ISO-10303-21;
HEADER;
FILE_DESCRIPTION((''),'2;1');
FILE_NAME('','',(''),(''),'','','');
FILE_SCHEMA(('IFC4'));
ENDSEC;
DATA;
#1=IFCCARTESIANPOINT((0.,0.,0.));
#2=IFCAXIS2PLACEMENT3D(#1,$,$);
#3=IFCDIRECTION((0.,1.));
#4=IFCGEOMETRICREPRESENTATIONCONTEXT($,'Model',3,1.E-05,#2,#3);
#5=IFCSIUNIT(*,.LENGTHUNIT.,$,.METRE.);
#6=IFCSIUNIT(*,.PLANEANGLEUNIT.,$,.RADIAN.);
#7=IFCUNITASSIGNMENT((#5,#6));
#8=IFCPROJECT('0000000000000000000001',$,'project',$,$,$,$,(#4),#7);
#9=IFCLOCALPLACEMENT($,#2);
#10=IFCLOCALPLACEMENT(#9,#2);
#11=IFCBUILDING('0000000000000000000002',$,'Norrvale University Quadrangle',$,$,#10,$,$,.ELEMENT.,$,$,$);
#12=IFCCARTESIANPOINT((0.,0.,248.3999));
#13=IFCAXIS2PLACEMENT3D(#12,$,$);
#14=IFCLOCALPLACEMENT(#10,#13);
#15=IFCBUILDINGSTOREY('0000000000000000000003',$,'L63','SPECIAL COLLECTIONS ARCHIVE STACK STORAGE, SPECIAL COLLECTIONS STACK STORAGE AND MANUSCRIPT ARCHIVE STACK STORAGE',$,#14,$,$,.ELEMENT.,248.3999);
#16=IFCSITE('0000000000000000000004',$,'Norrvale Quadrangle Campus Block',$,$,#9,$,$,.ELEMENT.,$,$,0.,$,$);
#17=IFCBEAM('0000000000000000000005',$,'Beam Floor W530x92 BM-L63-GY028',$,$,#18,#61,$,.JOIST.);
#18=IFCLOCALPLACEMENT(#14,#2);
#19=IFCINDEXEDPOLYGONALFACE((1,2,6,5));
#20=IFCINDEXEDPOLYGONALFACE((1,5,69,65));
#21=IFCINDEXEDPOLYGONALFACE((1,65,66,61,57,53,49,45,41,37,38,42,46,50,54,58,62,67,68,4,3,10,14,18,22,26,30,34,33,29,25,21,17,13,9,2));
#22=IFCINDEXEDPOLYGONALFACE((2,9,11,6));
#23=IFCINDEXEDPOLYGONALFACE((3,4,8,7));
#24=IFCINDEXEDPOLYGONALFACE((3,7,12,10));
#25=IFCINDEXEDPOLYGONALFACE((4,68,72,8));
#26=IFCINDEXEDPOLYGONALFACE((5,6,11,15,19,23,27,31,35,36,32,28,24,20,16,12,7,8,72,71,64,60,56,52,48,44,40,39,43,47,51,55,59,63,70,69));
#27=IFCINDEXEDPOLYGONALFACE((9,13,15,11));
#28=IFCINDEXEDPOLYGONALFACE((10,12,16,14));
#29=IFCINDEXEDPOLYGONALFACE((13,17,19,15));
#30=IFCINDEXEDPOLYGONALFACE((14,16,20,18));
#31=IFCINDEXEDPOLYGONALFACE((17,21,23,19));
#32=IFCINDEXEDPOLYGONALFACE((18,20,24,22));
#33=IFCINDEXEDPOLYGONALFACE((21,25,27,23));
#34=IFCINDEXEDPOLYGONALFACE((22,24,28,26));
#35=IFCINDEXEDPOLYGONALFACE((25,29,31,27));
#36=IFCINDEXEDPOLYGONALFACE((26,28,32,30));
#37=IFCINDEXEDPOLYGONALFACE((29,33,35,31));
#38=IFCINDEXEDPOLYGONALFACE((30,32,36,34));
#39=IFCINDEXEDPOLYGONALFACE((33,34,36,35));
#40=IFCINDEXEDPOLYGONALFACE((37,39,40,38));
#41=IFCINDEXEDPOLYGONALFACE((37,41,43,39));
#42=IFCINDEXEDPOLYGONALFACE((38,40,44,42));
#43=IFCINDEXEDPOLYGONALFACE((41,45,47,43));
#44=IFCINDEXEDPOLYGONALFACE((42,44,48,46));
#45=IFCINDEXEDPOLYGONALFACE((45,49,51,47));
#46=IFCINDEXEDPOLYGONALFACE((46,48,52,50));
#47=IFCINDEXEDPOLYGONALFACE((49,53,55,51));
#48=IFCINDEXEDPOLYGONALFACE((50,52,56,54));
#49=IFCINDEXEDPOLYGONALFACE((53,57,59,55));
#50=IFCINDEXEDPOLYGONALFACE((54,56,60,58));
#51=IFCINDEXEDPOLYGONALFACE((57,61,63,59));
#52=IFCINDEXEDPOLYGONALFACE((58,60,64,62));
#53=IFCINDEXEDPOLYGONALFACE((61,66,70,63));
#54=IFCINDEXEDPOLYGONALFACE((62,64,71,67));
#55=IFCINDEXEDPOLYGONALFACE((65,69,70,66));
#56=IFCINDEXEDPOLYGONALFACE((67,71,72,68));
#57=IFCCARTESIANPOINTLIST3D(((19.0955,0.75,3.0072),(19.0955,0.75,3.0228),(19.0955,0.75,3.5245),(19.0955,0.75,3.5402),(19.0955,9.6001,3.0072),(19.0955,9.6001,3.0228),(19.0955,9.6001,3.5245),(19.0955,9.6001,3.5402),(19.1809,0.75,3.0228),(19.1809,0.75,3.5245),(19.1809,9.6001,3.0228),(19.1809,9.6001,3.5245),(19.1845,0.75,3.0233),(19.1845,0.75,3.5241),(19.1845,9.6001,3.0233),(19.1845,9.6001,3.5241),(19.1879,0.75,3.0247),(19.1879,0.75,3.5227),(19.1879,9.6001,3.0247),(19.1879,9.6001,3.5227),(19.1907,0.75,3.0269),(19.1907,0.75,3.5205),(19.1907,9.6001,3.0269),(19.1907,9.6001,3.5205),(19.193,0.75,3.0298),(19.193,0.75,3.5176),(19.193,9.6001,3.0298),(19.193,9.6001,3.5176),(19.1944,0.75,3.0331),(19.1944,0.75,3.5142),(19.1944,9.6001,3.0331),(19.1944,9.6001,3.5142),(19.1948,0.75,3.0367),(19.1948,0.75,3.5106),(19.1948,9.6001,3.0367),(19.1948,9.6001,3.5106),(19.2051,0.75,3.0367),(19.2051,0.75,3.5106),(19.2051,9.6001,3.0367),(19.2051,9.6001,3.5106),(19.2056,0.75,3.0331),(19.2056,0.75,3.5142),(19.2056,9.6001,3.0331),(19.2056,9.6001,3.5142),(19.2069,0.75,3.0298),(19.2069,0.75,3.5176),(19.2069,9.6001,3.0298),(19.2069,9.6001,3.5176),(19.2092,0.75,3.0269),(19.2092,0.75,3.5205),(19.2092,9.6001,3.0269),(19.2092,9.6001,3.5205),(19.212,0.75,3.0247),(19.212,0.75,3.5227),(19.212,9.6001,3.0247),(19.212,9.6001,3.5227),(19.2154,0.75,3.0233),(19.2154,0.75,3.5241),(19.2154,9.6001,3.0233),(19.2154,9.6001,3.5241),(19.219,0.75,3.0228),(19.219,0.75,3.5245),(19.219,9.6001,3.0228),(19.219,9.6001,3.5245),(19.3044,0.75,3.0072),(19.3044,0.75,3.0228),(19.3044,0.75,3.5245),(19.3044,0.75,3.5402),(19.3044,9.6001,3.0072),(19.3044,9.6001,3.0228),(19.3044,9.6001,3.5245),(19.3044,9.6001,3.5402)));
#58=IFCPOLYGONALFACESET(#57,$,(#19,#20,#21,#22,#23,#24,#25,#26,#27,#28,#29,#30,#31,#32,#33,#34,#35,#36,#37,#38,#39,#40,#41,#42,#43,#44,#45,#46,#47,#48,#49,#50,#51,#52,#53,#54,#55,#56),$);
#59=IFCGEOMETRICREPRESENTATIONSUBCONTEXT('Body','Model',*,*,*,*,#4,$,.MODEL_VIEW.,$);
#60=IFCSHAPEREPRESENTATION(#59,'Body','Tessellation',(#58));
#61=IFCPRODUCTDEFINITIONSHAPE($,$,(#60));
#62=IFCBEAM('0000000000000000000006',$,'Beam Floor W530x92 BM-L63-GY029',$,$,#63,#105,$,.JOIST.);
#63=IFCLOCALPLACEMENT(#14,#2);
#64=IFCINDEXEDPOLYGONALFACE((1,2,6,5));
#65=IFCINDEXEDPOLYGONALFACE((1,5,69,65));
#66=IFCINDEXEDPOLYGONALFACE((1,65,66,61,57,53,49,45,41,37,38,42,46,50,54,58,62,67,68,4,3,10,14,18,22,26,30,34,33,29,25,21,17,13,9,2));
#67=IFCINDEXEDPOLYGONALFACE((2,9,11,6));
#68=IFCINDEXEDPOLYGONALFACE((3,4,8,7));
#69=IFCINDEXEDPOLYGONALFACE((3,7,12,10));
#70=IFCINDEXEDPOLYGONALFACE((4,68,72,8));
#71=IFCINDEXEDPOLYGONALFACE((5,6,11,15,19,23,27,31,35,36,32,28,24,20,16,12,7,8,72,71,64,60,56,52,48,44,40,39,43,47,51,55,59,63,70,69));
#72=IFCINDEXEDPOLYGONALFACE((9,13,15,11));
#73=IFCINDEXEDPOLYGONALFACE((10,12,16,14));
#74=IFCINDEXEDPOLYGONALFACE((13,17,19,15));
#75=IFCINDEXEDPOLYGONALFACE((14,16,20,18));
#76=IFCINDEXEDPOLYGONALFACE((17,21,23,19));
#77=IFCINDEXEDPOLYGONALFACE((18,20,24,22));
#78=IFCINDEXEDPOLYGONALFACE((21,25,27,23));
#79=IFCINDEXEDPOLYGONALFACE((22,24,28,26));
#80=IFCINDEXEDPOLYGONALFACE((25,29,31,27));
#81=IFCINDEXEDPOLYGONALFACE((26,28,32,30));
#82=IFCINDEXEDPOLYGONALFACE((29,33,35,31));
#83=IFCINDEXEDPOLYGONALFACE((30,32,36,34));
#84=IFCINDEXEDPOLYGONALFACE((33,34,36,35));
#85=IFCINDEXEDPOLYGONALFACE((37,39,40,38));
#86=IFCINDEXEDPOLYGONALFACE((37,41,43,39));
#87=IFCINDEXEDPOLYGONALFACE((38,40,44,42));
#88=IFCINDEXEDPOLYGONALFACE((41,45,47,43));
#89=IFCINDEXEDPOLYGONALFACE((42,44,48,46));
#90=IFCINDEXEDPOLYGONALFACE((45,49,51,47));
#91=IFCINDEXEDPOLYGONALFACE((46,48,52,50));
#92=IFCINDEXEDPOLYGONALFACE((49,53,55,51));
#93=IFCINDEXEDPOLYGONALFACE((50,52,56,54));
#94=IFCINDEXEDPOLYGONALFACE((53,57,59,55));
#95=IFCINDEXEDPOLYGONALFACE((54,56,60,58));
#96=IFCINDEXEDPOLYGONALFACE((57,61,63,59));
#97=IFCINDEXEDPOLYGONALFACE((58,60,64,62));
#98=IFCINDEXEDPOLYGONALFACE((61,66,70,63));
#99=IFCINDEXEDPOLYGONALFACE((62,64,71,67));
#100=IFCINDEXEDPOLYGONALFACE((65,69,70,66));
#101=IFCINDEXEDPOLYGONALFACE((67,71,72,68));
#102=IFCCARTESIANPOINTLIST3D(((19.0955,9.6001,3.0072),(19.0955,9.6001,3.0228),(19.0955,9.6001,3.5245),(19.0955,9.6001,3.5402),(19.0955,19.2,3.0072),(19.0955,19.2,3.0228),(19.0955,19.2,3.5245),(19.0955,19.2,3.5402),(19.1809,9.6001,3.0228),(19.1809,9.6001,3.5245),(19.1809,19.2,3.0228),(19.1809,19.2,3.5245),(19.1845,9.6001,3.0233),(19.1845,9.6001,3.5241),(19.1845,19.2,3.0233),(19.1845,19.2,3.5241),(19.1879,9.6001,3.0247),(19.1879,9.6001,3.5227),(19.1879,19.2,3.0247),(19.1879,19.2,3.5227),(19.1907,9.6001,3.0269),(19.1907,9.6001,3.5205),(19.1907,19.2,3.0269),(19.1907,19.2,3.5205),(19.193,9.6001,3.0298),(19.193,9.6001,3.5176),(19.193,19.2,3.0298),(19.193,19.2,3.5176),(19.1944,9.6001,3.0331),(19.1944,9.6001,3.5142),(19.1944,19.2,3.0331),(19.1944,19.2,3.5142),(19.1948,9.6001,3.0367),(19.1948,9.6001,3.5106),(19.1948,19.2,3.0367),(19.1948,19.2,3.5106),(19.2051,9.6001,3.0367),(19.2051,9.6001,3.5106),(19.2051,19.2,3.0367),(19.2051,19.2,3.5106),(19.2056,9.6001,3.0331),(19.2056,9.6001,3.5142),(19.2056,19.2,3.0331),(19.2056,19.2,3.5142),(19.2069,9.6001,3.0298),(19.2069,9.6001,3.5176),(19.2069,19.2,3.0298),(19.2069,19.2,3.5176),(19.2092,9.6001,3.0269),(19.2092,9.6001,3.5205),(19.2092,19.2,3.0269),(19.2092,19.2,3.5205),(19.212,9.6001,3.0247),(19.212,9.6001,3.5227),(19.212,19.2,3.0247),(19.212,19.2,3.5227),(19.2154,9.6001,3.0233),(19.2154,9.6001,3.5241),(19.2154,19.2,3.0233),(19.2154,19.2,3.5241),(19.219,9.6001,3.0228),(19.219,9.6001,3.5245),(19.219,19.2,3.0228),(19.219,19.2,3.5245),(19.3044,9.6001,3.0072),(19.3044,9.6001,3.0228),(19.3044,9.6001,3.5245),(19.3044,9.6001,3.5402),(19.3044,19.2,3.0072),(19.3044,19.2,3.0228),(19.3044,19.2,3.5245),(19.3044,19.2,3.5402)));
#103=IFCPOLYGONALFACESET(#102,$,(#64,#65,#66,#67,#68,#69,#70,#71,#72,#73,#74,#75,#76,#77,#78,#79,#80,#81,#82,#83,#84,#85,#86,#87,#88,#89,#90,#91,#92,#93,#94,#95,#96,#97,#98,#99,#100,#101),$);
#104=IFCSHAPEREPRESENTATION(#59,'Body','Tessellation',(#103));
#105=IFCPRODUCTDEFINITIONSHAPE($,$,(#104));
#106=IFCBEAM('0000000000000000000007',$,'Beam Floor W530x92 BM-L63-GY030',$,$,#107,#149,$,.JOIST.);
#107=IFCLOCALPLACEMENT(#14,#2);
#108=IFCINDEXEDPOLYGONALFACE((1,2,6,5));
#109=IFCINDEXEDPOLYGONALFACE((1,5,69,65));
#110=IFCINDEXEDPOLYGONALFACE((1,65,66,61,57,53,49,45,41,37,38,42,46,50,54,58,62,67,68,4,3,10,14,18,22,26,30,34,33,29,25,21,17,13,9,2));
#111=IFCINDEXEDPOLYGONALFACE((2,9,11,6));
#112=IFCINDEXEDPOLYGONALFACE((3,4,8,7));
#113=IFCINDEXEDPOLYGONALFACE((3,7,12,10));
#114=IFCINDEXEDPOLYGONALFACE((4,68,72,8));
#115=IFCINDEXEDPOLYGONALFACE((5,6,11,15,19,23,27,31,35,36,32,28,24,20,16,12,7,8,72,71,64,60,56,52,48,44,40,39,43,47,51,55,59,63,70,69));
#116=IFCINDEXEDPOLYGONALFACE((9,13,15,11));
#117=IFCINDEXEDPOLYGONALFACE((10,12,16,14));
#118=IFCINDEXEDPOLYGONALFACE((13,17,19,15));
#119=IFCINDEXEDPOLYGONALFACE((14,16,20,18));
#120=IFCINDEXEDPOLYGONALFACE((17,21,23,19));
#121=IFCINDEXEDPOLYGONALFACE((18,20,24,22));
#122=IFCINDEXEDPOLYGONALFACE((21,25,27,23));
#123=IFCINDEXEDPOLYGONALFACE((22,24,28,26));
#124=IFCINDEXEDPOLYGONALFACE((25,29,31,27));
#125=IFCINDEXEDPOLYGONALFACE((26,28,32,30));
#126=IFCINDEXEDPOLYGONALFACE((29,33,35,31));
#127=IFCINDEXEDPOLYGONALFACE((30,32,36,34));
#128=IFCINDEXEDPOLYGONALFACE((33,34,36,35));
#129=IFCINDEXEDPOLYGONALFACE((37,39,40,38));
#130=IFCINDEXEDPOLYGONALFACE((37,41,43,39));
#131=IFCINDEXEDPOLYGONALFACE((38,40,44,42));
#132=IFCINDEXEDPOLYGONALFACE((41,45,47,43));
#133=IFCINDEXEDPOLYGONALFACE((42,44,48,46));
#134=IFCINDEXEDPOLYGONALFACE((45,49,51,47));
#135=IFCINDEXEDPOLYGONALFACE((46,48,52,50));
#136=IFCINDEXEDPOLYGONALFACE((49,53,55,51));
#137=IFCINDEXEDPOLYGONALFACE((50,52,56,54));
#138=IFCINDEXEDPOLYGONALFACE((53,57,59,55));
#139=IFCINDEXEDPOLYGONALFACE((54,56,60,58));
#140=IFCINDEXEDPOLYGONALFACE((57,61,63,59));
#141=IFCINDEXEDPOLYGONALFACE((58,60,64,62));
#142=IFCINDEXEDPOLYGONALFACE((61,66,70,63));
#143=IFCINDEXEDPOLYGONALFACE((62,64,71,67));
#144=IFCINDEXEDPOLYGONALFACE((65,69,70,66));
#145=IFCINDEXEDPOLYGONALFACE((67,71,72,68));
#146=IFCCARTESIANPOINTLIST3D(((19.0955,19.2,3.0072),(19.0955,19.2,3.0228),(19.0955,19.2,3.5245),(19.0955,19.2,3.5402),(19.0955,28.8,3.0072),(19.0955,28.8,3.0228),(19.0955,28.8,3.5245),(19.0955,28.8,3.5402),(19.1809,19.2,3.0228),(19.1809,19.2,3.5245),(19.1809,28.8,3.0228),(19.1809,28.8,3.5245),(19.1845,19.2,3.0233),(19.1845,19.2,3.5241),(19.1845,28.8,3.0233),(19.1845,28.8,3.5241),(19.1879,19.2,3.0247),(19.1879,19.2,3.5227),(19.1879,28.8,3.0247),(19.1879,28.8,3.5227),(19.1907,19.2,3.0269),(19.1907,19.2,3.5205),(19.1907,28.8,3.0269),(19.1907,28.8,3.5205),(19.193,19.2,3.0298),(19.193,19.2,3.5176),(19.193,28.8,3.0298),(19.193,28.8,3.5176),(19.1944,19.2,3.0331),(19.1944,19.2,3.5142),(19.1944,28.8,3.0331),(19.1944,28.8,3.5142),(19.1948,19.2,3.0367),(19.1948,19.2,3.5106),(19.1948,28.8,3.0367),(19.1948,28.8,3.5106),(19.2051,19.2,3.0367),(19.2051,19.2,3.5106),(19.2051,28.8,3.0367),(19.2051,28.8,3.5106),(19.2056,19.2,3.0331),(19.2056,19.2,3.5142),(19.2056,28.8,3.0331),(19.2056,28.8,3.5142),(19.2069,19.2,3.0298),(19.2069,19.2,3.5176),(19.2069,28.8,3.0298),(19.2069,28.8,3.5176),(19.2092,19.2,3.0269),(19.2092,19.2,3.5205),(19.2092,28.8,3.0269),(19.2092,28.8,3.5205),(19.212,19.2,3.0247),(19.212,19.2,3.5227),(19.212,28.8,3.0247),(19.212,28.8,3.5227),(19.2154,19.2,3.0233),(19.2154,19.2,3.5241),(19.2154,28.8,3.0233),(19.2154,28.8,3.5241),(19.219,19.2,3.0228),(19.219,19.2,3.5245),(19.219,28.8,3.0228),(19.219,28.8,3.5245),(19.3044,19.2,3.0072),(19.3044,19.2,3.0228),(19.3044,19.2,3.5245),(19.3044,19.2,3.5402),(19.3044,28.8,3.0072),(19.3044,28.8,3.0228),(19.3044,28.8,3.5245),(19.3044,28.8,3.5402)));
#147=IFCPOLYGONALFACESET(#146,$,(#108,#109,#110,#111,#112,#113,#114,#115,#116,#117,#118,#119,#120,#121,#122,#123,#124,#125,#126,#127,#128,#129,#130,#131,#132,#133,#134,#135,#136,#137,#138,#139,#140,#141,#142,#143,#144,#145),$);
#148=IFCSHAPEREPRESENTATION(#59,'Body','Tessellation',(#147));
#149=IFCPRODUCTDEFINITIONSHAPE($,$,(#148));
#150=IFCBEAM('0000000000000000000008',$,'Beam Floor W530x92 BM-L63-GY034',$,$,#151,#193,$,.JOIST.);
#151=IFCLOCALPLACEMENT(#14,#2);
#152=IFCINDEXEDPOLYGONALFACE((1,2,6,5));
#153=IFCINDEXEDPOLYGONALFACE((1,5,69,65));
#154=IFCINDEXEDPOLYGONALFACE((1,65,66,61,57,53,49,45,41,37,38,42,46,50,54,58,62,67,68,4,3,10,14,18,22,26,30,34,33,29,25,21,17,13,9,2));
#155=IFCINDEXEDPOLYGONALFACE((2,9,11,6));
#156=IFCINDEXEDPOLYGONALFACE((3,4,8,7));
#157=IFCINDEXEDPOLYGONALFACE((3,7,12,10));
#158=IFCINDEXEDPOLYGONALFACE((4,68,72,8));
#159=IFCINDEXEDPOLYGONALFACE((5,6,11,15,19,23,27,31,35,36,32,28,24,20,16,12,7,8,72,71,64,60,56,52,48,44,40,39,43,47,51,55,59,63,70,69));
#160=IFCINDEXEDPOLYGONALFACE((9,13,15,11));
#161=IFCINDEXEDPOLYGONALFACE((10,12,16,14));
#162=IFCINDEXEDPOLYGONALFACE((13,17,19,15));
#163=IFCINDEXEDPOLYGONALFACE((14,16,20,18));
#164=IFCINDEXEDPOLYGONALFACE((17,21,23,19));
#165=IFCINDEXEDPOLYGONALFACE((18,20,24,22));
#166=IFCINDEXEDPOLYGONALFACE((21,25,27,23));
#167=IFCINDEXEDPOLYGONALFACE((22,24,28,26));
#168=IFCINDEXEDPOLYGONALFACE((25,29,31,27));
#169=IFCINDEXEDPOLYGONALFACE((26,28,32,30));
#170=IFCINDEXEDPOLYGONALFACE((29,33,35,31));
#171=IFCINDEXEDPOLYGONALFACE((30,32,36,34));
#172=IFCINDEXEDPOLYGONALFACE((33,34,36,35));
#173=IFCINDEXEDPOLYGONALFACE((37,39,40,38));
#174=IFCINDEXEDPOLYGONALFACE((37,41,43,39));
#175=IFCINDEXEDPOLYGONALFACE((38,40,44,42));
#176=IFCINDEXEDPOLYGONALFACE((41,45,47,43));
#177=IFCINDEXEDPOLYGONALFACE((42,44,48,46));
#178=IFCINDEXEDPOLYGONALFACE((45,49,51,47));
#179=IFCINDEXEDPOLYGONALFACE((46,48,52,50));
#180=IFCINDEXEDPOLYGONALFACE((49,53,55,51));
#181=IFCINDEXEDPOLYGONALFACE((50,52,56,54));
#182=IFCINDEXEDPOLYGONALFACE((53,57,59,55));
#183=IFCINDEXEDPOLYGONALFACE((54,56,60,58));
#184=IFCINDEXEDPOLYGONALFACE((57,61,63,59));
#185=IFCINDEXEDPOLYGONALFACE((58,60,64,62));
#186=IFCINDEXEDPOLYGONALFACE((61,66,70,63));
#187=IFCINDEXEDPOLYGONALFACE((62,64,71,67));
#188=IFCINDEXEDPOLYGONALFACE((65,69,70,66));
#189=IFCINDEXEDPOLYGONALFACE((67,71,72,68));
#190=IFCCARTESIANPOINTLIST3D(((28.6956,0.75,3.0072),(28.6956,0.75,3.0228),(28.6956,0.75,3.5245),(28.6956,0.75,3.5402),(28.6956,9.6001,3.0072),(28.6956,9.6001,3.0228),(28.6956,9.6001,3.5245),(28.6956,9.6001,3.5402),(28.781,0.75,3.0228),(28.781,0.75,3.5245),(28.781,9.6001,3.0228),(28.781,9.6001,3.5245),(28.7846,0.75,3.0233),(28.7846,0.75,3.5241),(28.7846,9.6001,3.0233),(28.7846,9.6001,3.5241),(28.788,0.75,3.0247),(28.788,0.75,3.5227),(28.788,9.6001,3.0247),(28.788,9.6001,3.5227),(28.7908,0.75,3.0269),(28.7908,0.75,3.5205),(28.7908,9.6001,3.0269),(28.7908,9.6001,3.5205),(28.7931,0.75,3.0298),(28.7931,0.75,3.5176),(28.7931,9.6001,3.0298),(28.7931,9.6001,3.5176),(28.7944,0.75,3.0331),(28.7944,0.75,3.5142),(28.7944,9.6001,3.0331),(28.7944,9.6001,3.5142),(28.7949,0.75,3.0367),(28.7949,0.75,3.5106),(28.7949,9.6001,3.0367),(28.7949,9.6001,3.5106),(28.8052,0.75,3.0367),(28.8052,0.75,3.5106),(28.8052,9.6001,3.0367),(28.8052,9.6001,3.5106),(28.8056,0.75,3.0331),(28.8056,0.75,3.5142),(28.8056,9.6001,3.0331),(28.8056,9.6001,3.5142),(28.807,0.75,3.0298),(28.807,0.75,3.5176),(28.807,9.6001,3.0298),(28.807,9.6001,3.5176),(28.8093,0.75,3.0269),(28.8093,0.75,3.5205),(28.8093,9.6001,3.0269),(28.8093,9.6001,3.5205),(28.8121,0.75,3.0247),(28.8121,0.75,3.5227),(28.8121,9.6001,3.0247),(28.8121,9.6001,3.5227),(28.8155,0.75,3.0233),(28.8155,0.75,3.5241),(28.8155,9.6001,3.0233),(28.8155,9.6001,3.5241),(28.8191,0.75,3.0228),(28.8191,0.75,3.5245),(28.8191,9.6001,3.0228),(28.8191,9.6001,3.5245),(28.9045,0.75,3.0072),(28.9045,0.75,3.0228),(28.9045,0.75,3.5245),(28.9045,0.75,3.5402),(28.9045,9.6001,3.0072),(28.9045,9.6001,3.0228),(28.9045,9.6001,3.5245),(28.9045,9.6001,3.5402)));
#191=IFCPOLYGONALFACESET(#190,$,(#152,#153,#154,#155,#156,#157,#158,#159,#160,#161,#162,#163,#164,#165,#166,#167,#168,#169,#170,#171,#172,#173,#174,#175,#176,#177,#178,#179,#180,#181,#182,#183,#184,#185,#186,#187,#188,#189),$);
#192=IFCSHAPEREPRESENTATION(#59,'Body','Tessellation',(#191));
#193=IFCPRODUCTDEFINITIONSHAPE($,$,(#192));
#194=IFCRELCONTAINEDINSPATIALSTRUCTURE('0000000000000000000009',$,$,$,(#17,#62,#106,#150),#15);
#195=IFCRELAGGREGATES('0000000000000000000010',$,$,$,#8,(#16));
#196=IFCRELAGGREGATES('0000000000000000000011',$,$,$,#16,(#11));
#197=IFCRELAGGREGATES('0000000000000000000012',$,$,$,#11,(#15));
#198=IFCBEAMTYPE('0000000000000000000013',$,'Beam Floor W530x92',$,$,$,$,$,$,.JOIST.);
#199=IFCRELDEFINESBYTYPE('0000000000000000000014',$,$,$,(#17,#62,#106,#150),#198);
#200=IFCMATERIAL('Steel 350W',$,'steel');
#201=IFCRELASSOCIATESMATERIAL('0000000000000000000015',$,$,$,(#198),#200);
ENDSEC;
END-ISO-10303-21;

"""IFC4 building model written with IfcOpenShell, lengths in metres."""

from ifc_helpers import new_model, si_unit, direction, frame, origin, origin_2d, place, context, subcontext, project, spatial, i_section, extrude, material, material_profile, profile_set, type_object, element, save


model = new_model("IFC4")

# Units and contexts
model_context = context("Model", 3, precision=1e-05, world=origin(), true_north=direction((0.0, 1.0)))
body_context = subcontext(model_context, "Body", "Model", "MODEL_VIEW")
ifc_project = project(units=[si_unit("LENGTHUNIT", "METRE"), si_unit("PLANEANGLEUNIT", "RADIAN")], contexts=[model_context])

# Site, building, storey
site_placement = place(None, origin())
site = spatial("IfcSite", under=ifc_project, at=site_placement, Name="Norrvale Quadrangle Campus Block", CompositionType="ELEMENT", RefElevation=0.0)
building_placement = place(site_placement, origin())
building = spatial("IfcBuilding", under=site, at=building_placement, Name="Norrvale University Quadrangle", CompositionType="ELEMENT")
storey_placement = place(building_placement, frame((0.0, 0.0, 248.3999)))
storey = spatial("IfcBuildingStorey", under=building, at=storey_placement, Name="L63", Description="SPECIAL COLLECTIONS ARCHIVE STACK STORAGE, SPECIAL COLLECTIONS STACK STORAGE AND MANUSCRIPT ARCHIVE STACK STORAGE", CompositionType="ELEMENT", Elevation=248.3999)

# Beams
ifc_material_1 = material(Name="Steel 350W", Category="steel")
ifc_material_profile_1 = material_profile(ifc_material_1, i_section(OverallWidth=0.209, OverallDepth=0.533, WebThickness=0.0103, FlangeThickness=0.0156, FilletRadius=0.0139, at=origin_2d()), Name="Steel 350W")
ifc_profile_set_1 = profile_set([ifc_material_profile_1], Name="Steel 350W")
beam_type_1 = type_object("IfcBeamType", Name="Beam Floor W530x92", PredefinedType="JOIST", material=ifc_profile_set_1)
beam_1_placement = place(storey_placement, frame((19.2, 0.75, 3.2737), z_axis=(0.0, 1.0, 0.0), x_axis=(-1.0, 0.0, 0.0)))
element("IfcBeam", 1, at=beam_1_placement, inside=storey, type_object=beam_type_1, Name="Beam Floor W530x92 BM-L63-GY028", PredefinedType="JOIST", context=body_context, shape_type="SweptSolid", body=[
    extrude(i_section(OverallWidth=0.209, OverallDepth=0.533, WebThickness=0.0103, FlangeThickness=0.0156, FilletRadius=0.0139, at=origin_2d()), origin(), (0.0, 0.0, 1.0), 8.8501),
])
beam_2_placement = place(storey_placement, frame((19.2, 9.6001, 3.2737), z_axis=(0.0, 1.0, 0.0), x_axis=(-1.0, 0.0, 0.0)))
element("IfcBeam", 2, at=beam_2_placement, inside=storey, type_object=beam_type_1, Name="Beam Floor W530x92 BM-L63-GY029", PredefinedType="JOIST", context=body_context, shape_type="SweptSolid", body=[
    extrude(i_section(OverallWidth=0.209, OverallDepth=0.533, WebThickness=0.0103, FlangeThickness=0.0156, FilletRadius=0.0139, at=origin_2d()), origin(), (0.0, 0.0, 1.0), 9.5999),
])
beam_3_placement = place(storey_placement, frame((19.2, 19.2, 3.2737), z_axis=(0.0, 1.0, 0.0), x_axis=(-1.0, 0.0, 0.0)))
element("IfcBeam", 3, at=beam_3_placement, inside=storey, type_object=beam_type_1, Name="Beam Floor W530x92 BM-L63-GY030", PredefinedType="JOIST", context=body_context, shape_type="SweptSolid", body=[
    extrude(i_section(OverallWidth=0.209, OverallDepth=0.533, WebThickness=0.0103, FlangeThickness=0.0156, FilletRadius=0.0139, at=origin_2d()), origin(), (0.0, 0.0, 1.0), 9.6001),
])
beam_4_placement = place(storey_placement, frame((28.8, 0.75, 3.2737), z_axis=(0.0, 1.0, 0.0), x_axis=(-1.0, 0.0, 0.0)))
element("IfcBeam", 4, at=beam_4_placement, inside=storey, type_object=beam_type_1, Name="Beam Floor W530x92 BM-L63-GY034", PredefinedType="JOIST", context=body_context, shape_type="SweptSolid", body=[
    extrude(i_section(OverallWidth=0.209, OverallDepth=0.533, WebThickness=0.0103, FlangeThickness=0.0156, FilletRadius=0.0139, at=origin_2d()), origin(), (0.0, 0.0, 1.0), 8.8501),
])

save(model, "model.ifc")
